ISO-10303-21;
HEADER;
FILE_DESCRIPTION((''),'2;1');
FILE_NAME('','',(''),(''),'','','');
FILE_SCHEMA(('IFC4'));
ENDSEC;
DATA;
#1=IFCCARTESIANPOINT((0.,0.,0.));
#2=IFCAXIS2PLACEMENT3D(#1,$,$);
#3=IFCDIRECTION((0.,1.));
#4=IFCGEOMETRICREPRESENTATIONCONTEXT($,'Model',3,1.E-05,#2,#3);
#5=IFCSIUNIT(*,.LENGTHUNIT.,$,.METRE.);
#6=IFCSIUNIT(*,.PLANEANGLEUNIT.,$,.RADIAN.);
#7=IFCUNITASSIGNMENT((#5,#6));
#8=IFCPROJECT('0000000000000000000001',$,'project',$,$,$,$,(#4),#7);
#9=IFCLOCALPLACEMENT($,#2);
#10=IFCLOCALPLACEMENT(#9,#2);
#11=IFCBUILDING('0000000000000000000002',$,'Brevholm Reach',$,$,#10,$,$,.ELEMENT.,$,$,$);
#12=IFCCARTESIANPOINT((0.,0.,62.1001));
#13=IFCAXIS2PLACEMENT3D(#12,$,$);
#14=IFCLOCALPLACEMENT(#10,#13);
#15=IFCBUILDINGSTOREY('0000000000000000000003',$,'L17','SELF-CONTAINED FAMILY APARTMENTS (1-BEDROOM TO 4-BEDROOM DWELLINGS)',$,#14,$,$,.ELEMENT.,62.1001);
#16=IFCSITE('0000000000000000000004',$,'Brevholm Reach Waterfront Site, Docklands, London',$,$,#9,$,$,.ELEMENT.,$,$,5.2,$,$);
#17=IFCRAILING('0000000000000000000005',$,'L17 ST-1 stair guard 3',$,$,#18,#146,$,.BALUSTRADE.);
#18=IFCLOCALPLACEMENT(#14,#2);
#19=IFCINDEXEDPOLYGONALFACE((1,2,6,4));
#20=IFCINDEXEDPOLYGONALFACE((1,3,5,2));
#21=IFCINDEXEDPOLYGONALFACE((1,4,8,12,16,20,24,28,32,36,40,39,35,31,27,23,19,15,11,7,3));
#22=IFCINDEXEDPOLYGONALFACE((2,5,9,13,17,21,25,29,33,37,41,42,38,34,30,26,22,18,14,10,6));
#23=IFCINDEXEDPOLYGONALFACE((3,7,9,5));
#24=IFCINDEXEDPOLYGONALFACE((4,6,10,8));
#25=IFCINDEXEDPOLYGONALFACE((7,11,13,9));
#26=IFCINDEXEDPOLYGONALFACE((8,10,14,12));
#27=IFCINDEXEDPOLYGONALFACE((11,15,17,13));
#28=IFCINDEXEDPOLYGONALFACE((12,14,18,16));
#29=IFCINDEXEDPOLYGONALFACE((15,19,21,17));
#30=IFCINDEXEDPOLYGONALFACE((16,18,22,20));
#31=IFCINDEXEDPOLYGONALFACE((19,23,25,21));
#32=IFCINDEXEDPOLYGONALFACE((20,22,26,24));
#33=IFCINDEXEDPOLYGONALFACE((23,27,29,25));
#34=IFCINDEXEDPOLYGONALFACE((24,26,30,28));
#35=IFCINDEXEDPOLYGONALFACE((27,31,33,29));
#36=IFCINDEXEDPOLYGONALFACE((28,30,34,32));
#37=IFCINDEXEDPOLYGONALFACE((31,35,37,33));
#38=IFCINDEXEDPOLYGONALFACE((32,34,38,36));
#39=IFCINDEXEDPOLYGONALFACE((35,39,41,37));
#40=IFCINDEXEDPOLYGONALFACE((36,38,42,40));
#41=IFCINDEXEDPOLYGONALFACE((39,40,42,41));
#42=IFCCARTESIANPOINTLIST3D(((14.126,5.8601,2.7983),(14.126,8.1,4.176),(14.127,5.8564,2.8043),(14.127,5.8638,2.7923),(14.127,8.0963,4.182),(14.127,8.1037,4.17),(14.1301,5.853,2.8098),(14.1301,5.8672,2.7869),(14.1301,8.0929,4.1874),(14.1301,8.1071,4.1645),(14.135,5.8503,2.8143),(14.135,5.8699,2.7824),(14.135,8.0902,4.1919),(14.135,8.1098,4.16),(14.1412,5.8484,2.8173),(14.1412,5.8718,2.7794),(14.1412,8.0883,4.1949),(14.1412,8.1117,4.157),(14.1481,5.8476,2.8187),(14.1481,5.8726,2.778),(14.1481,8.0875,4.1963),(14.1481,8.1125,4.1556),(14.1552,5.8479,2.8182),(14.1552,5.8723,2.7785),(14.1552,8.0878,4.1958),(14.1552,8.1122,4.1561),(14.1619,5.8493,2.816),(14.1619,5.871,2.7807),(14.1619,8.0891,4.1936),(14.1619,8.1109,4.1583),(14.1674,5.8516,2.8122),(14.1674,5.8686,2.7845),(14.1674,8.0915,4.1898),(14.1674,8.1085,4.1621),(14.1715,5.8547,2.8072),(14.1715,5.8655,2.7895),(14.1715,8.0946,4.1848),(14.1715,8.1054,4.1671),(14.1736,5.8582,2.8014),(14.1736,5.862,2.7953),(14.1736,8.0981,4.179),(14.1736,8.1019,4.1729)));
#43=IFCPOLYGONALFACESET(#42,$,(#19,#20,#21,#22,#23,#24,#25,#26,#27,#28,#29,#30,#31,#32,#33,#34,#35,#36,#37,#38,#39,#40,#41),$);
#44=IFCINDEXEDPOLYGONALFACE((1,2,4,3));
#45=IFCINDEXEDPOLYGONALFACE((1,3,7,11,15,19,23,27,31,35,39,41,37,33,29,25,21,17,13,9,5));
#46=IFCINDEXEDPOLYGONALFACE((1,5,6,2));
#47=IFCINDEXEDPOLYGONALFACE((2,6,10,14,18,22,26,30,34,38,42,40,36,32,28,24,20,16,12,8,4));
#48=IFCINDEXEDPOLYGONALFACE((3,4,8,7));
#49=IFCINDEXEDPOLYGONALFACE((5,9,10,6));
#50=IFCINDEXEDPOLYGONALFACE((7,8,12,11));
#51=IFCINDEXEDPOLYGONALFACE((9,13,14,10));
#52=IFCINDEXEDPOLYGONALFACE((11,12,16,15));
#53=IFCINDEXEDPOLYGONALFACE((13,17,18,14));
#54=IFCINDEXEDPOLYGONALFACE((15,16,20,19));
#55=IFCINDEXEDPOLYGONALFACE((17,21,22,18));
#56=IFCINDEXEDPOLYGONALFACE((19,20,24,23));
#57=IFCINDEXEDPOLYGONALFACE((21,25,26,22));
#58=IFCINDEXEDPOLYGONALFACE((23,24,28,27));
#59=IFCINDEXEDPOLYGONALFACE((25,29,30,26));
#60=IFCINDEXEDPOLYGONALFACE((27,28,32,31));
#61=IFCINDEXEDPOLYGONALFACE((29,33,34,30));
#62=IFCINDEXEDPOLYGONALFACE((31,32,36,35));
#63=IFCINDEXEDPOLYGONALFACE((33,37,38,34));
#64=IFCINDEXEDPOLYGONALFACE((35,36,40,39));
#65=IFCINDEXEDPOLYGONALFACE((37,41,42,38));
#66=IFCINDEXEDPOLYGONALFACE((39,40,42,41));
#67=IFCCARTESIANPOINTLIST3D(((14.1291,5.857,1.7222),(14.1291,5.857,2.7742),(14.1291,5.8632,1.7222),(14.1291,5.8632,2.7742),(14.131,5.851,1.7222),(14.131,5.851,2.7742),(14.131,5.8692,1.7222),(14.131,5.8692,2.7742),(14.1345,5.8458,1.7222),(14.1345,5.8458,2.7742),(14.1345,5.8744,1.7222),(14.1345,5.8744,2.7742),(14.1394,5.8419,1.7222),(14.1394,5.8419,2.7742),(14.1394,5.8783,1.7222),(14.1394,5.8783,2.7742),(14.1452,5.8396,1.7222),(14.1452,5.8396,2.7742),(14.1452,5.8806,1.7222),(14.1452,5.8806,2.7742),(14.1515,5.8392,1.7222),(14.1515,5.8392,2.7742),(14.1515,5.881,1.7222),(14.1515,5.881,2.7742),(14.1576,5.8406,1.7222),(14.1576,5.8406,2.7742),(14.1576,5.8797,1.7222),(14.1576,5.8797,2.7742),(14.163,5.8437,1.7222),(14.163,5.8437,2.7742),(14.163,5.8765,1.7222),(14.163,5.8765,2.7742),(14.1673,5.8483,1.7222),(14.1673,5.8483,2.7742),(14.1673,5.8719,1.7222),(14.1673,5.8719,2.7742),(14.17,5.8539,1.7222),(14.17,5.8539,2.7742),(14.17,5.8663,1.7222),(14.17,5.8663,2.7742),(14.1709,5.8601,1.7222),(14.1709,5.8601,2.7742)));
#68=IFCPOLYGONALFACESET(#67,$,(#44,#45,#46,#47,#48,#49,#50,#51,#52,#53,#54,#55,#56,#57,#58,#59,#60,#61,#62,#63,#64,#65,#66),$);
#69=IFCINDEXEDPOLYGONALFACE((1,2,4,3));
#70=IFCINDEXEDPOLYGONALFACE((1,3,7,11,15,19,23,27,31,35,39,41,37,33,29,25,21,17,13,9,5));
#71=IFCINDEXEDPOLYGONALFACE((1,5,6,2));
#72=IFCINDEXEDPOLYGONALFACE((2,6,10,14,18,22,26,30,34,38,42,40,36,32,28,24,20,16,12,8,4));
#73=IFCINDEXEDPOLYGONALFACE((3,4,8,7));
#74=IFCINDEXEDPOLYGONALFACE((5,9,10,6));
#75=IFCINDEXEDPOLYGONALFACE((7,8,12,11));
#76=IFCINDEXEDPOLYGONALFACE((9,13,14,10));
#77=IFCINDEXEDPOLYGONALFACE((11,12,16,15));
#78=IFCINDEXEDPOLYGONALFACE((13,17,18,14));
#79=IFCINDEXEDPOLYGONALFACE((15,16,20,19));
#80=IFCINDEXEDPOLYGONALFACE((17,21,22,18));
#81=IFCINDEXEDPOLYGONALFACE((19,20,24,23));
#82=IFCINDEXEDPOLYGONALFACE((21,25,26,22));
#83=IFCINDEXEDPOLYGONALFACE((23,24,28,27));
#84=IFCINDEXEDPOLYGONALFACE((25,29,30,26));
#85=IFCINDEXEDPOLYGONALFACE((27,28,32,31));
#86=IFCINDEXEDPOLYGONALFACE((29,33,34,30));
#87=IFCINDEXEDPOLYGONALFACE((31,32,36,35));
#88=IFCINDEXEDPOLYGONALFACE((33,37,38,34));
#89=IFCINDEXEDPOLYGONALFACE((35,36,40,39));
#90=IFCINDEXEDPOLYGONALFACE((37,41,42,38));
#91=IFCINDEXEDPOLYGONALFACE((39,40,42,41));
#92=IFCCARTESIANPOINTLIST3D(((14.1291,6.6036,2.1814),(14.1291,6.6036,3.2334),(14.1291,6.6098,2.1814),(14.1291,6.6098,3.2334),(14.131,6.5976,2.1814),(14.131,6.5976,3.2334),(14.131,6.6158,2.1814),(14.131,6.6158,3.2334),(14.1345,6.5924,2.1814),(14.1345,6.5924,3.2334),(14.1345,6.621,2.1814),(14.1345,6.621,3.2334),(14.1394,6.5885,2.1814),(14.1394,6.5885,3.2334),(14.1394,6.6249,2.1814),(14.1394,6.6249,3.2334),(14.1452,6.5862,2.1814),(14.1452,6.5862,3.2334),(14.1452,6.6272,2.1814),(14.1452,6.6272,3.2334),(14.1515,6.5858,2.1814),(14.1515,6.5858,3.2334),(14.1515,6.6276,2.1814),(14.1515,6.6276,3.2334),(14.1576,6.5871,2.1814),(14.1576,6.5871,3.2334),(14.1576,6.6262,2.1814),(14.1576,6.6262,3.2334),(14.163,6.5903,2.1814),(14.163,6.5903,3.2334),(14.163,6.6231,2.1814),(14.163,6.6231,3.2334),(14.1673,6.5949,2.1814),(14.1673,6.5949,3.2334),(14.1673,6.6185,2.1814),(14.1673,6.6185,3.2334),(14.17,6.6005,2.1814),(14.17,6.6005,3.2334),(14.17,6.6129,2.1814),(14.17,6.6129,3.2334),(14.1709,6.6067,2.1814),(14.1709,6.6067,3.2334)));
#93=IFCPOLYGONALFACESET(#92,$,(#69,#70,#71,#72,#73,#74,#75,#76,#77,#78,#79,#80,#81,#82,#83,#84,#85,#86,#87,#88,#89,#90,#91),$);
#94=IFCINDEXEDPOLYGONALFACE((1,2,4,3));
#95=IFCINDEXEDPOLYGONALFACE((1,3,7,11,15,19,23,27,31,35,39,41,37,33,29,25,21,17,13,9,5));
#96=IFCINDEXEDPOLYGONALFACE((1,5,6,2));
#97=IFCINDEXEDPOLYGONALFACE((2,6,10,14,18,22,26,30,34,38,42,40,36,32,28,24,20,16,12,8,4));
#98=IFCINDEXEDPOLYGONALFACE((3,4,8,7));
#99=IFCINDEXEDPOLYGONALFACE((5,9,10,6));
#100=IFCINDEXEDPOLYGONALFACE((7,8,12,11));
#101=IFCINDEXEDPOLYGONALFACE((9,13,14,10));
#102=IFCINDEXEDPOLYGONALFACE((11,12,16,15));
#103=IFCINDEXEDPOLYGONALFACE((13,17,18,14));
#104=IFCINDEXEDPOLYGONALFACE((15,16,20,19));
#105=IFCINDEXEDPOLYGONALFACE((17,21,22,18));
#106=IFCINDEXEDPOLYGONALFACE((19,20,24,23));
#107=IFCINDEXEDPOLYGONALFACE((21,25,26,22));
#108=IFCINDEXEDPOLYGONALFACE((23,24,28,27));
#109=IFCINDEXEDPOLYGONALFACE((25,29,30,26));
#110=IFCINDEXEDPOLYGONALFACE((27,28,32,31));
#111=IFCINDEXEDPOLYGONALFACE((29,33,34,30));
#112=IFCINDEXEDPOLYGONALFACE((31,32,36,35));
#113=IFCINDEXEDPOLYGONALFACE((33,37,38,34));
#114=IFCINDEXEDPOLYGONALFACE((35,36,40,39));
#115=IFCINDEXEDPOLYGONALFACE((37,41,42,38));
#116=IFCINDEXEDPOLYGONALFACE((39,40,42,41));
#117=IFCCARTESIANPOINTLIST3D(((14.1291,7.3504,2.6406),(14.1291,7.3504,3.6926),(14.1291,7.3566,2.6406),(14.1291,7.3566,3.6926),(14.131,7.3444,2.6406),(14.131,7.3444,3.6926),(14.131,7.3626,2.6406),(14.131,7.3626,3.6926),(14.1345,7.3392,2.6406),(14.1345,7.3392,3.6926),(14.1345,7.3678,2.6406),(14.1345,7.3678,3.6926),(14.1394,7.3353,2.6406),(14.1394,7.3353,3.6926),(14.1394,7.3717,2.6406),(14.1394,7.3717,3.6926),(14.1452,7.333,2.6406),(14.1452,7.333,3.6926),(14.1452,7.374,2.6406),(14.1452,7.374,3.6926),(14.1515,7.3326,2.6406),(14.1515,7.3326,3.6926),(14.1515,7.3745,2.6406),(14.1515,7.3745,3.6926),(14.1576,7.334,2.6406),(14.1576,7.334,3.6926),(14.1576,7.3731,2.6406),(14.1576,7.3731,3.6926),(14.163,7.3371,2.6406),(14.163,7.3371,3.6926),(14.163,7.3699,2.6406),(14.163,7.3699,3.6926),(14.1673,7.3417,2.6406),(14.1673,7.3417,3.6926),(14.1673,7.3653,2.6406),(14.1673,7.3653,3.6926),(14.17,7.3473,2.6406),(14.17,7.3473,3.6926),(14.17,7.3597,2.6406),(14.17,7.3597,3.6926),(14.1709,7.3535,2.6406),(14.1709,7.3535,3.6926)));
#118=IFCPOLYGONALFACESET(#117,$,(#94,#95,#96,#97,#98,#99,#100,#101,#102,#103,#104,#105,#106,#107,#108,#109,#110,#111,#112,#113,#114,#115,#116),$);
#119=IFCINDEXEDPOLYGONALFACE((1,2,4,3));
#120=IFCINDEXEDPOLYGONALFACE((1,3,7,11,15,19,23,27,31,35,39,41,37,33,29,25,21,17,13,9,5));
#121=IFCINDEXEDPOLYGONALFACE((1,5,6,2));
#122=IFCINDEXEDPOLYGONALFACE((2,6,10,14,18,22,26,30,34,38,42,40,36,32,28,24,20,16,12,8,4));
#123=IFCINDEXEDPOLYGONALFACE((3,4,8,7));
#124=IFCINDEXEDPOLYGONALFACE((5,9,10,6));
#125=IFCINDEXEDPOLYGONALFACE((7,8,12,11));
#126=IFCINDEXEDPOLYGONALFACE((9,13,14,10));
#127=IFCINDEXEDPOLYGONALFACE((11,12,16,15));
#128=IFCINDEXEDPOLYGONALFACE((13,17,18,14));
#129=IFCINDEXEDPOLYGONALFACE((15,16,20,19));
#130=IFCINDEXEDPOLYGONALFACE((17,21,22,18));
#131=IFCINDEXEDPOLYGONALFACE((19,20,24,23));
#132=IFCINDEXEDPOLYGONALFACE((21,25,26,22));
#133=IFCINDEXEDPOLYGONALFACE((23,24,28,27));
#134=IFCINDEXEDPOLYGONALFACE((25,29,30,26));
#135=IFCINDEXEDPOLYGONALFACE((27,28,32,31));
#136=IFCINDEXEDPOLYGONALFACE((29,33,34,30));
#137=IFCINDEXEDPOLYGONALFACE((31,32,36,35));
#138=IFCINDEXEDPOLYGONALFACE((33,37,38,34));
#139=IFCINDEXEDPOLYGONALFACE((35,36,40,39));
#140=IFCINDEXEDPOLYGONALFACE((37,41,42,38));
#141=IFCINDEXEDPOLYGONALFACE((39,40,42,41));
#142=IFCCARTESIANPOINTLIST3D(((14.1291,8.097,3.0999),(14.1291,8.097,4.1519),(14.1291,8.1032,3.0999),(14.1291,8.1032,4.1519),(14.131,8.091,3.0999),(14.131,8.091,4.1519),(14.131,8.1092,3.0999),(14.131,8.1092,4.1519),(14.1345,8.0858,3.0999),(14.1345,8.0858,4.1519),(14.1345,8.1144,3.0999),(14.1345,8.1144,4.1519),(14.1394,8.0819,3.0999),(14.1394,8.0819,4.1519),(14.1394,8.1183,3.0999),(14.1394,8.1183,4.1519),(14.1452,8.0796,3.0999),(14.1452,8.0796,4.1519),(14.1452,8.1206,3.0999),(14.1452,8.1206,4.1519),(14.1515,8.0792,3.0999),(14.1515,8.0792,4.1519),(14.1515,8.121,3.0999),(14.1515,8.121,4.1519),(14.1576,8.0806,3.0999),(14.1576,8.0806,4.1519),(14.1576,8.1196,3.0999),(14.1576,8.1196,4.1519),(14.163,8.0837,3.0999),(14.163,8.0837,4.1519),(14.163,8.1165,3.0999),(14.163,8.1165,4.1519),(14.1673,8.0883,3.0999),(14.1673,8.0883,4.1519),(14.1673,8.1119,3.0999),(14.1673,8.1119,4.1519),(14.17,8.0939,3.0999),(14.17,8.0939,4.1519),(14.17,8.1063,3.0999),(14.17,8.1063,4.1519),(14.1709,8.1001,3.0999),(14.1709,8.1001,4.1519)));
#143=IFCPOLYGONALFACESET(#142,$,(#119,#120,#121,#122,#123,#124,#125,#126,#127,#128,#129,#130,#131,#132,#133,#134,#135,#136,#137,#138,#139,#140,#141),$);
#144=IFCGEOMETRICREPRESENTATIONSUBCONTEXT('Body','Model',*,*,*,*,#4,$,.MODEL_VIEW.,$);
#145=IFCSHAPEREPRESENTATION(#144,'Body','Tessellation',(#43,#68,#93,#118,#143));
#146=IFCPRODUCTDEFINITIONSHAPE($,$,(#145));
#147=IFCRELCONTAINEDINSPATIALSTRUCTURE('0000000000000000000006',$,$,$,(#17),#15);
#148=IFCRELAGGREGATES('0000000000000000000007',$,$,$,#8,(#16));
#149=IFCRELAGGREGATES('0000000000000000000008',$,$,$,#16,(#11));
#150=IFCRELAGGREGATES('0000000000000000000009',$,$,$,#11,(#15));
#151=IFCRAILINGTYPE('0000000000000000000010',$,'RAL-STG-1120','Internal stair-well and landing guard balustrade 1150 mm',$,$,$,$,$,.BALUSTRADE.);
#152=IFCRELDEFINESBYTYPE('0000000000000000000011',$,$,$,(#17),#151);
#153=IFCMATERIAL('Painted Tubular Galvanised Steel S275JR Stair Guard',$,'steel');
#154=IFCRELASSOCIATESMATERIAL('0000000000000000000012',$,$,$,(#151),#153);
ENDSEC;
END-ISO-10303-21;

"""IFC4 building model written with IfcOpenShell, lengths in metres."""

from ifc_helpers import new_model, si_unit, direction, frame, origin, origin_2d, place, context, subcontext, project, spatial, circle, extrude, material, type_object, element, save


model = new_model("IFC4")

# Units and contexts
model_context = context("Model", 3, precision=1e-05, world=origin(), true_north=direction((0.0, 1.0)))
body_context = subcontext(model_context, "Body", "Model", "MODEL_VIEW")
ifc_project = project(units=[si_unit("LENGTHUNIT", "METRE"), si_unit("PLANEANGLEUNIT", "RADIAN")], contexts=[model_context])

# Site, building, storey
site_placement = place(None, origin())
site = spatial("IfcSite", under=ifc_project, at=site_placement, Name="Brevholm Reach Waterfront Site, Docklands, London", CompositionType="ELEMENT", RefElevation=5.2)
building_placement = place(site_placement, origin())
building = spatial("IfcBuilding", under=site, at=building_placement, Name="Brevholm Reach", CompositionType="ELEMENT")
storey_placement = place(building_placement, frame((0.0, 0.0, 62.1001)))
storey = spatial("IfcBuildingStorey", under=building, at=storey_placement, Name="L17", Description="SELF-CONTAINED FAMILY APARTMENTS (1-BEDROOM TO 4-BEDROOM DWELLINGS)", CompositionType="ELEMENT", Elevation=62.1001)

# Railing
ifc_material_1 = material(Name="Painted Tubular Galvanised Steel S275JR Stair Guard", Category="steel")
railing_type_1 = type_object("IfcRailingType", Name="RAL-STG-1120", Description="Internal stair-well and landing guard balustrade 1150 mm", PredefinedType="BALUSTRADE", material=ifc_material_1)
railing_1_placement = place(storey_placement, frame((14.1499, 5.8601, 1.7222)))
element("IfcRailing", 1, at=railing_1_placement, inside=storey, type_object=railing_type_1, Name="L17 ST-1 stair guard 3", PredefinedType="BALUSTRADE", context=body_context, shape_type="SweptSolid", body=[
    extrude(circle(Radius=0.0239, at=origin_2d()), frame((0.0, 0.0, 1.0762), z_axis=(0.0, 0.851789, 0.523885), x_axis=(-1.0, 0.0, 0.0)), (0.0, 0.0, 1.0), 2.6296),
    extrude(circle(Radius=0.021, at=origin_2d()), origin(), (0.0, 0.0, 1.0), 1.052),
    extrude(circle(Radius=0.021, at=origin_2d()), frame((0.0, 0.7466, 0.4592)), (0.0, 0.0, 1.0), 1.052),
    extrude(circle(Radius=0.021, at=origin_2d()), frame((0.0, 1.4934, 0.9185)), (0.0, 0.0, 1.0), 1.052),
    extrude(circle(Radius=0.021, at=origin_2d()), frame((0.0, 2.24, 1.3777)), (0.0, 0.0, 1.0), 1.052),
])

save(model, "model.ifc")
